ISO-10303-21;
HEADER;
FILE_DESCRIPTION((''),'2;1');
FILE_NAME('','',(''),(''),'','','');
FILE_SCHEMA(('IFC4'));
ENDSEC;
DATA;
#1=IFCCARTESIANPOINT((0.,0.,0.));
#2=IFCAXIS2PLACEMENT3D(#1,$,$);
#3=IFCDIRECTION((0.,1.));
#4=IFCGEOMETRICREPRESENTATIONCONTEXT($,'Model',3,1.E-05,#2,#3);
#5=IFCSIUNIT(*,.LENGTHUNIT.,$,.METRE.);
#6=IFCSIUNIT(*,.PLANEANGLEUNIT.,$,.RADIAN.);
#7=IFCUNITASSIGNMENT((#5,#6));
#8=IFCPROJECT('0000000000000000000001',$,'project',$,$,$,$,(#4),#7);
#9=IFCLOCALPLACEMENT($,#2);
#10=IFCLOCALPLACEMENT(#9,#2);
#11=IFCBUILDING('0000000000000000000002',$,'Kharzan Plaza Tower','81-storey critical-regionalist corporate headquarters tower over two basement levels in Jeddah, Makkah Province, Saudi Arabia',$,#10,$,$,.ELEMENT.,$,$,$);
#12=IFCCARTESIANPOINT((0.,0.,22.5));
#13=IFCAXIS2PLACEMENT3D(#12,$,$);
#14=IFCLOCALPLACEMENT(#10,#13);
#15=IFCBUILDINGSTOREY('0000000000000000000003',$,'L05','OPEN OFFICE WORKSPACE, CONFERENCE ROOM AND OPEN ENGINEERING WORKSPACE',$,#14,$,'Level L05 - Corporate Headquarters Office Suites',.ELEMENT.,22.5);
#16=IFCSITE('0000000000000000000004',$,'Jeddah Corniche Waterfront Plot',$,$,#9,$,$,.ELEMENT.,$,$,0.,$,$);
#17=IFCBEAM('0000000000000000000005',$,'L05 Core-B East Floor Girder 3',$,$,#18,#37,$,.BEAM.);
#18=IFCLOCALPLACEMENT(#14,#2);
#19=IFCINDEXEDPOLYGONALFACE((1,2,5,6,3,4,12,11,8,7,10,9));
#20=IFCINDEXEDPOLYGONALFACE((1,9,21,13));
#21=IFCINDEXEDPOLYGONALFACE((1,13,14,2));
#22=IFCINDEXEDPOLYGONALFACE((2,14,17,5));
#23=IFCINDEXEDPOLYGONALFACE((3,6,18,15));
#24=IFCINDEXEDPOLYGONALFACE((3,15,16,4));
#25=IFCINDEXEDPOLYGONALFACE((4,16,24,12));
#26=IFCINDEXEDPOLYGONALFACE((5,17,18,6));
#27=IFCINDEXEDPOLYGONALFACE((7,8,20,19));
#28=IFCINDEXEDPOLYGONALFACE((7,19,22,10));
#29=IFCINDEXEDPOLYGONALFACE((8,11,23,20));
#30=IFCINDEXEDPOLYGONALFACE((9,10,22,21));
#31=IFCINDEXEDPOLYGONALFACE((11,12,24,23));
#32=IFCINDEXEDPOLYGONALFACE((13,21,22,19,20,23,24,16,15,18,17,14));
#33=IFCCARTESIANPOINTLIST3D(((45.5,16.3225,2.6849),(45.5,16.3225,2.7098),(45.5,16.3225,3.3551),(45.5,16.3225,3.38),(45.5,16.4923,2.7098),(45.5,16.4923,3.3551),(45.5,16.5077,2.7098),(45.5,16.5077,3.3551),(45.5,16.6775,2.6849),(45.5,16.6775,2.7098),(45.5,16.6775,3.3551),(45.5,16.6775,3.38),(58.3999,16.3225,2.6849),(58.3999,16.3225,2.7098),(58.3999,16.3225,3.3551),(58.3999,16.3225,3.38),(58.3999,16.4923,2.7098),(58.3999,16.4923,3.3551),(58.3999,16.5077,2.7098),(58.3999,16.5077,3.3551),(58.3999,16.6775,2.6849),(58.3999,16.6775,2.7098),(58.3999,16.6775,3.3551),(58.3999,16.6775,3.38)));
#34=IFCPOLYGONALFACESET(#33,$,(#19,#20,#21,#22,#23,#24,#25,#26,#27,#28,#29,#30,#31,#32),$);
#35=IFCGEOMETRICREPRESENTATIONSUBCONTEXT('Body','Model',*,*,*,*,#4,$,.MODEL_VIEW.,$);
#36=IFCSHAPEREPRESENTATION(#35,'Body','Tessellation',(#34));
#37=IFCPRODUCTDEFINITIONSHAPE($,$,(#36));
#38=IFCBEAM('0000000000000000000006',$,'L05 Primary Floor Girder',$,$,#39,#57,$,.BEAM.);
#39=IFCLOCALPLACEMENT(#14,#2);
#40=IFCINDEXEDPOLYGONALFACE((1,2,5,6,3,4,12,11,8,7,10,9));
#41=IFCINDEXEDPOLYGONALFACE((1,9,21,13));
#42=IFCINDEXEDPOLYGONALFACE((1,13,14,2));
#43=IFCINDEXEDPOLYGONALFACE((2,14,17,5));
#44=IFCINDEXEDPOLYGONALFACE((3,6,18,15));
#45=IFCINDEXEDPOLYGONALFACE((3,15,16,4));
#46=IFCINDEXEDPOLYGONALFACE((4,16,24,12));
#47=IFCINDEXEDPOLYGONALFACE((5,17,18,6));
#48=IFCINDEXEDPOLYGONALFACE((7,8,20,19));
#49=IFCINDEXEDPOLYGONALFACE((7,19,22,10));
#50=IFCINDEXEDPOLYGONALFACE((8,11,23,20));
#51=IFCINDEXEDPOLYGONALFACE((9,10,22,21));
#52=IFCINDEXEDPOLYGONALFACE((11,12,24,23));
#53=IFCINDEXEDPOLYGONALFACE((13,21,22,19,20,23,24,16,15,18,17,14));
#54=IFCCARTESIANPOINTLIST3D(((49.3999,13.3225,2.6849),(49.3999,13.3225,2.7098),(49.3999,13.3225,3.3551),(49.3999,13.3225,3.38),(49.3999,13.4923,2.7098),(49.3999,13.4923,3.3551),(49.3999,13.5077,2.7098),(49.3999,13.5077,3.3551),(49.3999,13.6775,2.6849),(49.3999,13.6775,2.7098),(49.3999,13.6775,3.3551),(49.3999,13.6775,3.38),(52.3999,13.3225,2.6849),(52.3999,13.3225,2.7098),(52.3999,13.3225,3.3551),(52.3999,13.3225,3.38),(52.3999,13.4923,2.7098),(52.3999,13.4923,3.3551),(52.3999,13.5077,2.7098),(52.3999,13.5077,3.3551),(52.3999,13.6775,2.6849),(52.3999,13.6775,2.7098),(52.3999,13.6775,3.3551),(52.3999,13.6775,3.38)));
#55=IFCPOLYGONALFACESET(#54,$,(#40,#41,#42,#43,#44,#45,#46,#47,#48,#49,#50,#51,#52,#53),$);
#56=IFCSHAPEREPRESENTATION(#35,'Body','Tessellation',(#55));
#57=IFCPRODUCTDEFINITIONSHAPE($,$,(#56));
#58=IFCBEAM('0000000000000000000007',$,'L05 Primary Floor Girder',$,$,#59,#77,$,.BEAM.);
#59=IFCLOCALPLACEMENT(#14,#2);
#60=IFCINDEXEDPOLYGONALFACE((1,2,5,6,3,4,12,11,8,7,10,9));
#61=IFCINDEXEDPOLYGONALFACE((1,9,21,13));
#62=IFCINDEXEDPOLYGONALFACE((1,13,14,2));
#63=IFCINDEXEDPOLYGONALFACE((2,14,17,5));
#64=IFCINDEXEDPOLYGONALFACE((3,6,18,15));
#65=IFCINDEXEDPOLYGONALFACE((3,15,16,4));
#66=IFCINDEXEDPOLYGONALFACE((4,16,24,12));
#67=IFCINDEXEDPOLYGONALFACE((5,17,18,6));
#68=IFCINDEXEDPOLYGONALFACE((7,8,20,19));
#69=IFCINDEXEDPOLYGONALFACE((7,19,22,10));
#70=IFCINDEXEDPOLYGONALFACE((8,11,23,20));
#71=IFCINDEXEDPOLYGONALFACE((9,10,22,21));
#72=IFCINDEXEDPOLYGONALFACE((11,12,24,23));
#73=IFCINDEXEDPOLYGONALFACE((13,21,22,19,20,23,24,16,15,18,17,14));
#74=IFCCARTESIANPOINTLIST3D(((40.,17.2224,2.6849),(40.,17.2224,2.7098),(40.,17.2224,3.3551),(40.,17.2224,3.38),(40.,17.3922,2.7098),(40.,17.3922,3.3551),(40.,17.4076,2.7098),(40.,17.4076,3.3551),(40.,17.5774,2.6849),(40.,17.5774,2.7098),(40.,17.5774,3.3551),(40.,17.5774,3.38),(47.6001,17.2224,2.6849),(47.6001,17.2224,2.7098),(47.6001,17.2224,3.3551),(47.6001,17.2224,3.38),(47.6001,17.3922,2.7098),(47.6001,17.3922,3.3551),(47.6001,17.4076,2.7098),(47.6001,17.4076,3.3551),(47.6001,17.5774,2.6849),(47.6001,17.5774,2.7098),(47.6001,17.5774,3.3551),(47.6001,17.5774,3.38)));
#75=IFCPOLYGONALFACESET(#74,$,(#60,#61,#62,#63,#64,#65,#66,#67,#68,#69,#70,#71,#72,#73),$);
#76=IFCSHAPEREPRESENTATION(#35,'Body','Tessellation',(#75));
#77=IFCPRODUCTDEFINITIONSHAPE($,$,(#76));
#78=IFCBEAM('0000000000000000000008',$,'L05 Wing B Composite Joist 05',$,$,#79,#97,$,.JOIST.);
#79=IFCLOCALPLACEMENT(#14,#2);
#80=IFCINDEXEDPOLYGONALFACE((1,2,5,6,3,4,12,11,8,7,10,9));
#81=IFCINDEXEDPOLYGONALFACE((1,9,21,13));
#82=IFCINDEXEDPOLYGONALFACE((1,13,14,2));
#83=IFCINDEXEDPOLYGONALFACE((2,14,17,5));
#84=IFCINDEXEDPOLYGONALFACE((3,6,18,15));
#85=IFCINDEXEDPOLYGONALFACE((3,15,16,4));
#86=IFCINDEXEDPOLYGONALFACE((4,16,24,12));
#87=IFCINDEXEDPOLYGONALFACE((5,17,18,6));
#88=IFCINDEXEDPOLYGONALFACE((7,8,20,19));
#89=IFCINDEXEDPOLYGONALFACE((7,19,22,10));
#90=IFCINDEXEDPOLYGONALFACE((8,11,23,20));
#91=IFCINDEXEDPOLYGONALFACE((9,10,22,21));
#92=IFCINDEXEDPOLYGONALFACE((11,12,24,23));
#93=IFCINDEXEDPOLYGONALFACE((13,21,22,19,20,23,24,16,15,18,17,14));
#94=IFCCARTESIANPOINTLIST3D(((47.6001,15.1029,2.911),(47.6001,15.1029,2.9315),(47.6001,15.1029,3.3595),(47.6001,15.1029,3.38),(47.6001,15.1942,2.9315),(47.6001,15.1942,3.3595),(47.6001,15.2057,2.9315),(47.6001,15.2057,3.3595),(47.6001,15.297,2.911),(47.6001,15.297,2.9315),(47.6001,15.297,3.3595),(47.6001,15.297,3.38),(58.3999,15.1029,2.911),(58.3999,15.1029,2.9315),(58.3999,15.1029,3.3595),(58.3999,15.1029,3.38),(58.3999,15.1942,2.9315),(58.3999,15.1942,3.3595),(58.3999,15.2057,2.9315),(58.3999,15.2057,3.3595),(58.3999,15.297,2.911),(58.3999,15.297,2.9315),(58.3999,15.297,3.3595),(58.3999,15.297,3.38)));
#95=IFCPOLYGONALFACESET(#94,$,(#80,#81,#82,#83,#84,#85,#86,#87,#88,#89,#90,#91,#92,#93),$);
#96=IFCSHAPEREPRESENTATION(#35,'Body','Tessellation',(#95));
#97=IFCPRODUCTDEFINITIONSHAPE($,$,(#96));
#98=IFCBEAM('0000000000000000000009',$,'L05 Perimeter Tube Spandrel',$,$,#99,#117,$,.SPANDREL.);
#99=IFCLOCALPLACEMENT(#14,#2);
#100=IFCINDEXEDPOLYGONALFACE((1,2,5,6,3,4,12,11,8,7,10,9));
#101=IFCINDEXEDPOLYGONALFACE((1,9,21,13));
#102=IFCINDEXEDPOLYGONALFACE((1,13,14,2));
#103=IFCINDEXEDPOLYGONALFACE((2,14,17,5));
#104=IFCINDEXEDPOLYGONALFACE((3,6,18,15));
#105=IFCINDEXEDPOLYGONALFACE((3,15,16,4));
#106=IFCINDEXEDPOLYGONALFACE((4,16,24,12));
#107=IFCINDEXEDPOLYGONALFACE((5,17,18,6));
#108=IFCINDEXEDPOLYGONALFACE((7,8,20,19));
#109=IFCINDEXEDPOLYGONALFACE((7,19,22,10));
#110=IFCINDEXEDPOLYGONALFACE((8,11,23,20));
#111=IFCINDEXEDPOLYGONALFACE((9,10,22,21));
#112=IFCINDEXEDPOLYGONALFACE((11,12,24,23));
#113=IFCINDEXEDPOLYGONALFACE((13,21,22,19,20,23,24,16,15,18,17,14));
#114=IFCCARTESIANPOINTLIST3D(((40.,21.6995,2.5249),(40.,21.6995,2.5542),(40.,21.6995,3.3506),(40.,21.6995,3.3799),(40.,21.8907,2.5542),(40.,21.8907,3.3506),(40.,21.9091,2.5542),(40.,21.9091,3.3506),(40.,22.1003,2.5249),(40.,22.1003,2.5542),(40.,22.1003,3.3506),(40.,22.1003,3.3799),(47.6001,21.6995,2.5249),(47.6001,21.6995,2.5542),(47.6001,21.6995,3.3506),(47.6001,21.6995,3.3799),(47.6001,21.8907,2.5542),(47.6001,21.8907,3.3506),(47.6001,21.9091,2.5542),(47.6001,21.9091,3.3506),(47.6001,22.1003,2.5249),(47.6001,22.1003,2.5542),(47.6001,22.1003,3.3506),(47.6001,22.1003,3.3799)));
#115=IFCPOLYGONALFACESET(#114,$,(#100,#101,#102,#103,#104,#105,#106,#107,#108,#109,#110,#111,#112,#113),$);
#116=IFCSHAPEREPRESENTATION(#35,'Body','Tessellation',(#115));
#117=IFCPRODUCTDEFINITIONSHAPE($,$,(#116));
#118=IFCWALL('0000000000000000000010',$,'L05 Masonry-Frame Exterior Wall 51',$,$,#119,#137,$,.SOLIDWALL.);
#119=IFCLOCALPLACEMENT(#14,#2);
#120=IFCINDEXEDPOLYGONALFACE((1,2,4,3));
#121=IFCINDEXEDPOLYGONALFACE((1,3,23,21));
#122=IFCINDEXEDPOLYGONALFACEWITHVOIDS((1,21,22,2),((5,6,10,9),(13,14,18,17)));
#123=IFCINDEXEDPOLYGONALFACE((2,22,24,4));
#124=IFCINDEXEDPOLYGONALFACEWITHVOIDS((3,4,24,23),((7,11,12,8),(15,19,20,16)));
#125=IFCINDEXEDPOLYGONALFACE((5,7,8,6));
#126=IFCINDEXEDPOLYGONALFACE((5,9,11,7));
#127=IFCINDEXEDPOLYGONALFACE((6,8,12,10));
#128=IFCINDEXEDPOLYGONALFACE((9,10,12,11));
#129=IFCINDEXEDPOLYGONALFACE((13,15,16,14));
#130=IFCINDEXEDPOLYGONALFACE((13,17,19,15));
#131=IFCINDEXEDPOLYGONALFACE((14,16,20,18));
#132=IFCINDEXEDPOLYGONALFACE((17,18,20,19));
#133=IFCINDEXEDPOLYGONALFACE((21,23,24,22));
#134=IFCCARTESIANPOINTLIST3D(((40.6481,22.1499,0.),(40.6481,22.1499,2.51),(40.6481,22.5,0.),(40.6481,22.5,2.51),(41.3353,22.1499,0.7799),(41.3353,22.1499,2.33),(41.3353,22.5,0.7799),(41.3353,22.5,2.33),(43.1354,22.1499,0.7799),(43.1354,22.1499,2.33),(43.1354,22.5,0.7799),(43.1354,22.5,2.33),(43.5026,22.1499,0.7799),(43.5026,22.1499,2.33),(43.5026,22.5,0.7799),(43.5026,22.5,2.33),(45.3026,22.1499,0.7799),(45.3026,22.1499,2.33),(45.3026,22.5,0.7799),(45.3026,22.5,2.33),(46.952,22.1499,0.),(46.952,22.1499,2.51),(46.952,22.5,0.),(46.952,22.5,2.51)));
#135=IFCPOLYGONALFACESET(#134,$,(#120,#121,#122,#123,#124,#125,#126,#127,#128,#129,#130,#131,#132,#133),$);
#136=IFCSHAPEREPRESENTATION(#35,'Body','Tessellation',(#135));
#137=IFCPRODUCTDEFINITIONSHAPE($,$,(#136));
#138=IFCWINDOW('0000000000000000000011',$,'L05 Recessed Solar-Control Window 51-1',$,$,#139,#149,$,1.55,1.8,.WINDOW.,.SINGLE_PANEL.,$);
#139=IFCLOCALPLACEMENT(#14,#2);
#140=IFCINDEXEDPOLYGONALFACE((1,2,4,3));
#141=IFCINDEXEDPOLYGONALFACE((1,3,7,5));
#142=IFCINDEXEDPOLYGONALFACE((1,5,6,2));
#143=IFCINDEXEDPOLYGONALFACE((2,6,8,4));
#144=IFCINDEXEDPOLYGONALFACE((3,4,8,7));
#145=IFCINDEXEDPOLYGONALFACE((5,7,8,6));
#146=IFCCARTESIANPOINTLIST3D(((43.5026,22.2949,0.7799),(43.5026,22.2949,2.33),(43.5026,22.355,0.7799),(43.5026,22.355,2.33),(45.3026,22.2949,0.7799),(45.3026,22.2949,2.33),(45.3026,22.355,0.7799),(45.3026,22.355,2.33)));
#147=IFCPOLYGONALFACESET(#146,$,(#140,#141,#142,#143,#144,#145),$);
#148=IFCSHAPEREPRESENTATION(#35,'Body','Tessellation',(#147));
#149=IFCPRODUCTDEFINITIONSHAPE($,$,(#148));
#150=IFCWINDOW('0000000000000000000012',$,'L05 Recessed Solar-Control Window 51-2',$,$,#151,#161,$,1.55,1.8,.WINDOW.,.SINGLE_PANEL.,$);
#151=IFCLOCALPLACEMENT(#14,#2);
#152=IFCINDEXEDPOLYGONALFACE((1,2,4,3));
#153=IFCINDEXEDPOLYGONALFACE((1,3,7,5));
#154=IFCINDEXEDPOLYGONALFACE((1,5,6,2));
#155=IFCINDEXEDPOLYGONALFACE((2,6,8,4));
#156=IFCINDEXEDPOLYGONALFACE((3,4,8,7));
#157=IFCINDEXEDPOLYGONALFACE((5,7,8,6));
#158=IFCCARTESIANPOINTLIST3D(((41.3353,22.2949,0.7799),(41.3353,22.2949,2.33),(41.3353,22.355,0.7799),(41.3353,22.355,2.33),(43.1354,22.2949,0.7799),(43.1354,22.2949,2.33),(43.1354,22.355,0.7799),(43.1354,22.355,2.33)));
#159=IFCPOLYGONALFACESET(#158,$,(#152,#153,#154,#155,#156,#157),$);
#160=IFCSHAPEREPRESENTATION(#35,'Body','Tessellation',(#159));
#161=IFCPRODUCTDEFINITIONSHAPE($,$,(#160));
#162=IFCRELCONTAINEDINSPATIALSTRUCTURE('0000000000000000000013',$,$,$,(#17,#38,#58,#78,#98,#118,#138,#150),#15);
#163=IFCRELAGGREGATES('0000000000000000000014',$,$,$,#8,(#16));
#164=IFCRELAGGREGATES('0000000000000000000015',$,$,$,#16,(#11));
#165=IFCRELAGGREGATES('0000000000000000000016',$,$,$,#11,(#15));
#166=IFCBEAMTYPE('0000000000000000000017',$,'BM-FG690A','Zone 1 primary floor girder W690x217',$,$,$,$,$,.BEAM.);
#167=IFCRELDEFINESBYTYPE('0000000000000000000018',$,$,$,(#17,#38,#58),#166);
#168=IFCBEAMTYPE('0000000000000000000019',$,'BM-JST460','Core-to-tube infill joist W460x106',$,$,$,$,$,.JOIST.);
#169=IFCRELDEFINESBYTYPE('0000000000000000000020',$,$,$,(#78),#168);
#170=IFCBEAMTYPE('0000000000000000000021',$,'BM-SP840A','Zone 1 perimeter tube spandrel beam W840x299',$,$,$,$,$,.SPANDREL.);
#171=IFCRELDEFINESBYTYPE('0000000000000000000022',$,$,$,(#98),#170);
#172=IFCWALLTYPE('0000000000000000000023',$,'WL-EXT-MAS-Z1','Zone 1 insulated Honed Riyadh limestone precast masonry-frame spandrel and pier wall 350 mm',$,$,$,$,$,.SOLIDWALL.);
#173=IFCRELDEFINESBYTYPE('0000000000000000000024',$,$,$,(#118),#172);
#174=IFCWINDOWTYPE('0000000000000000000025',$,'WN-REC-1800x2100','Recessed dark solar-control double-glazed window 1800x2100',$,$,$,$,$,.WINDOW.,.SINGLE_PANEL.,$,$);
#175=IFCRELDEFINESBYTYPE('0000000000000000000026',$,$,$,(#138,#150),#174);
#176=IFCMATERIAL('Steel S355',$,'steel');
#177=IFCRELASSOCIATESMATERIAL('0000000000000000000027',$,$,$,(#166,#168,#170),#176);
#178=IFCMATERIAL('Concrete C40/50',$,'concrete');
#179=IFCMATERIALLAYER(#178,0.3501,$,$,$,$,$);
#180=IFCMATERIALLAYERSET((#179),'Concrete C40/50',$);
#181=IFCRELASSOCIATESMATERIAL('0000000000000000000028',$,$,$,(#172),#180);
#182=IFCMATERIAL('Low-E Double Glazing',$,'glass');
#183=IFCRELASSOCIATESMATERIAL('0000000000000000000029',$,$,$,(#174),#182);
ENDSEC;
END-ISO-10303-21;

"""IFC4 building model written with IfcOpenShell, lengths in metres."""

from ifc_helpers import new_model, si_unit, direction, frame, frame_2d, origin, origin_2d, place, context, subcontext, project, spatial, rectangle, i_section, extrude, source, transform, mapped, material, layer, layer_set, material_profile, profile_set, type_object, element, fill, save


model = new_model("IFC4")

# Units and contexts
model_context = context("Model", 3, precision=1e-05, world=origin(), true_north=direction((0.0, 1.0)))
body_context = subcontext(model_context, "Body", "Model", "MODEL_VIEW")
ifc_project = project(units=[si_unit("LENGTHUNIT", "METRE"), si_unit("PLANEANGLEUNIT", "RADIAN")], contexts=[model_context])

# Site, building, storey
site_placement = place(None, origin())
site = spatial("IfcSite", under=ifc_project, at=site_placement, Name="Jeddah Corniche Waterfront Plot", CompositionType="ELEMENT", RefElevation=0.0)
building_placement = place(site_placement, origin())
building = spatial("IfcBuilding", under=site, at=building_placement, Name="Kharzan Plaza Tower", Description="81-storey critical-regionalist corporate headquarters tower over two basement levels in Jeddah, Makkah Province, Saudi Arabia", CompositionType="ELEMENT")
storey_placement = place(building_placement, frame((0.0, 0.0, 22.5)))
storey = spatial("IfcBuildingStorey", under=building, at=storey_placement, Name="L05", Description="OPEN OFFICE WORKSPACE, CONFERENCE ROOM AND OPEN ENGINEERING WORKSPACE", LongName="Level L05 - Corporate Headquarters Office Suites", CompositionType="ELEMENT", Elevation=22.5)

# Beams
ifc_material_1 = material(Name="Steel S355", Category="steel")
ifc_material_profile_1 = material_profile(ifc_material_1, i_section(OverallWidth=0.355, OverallDepth=0.6951, WebThickness=0.0154, FlangeThickness=0.0249, at=origin_2d()), Name="W690x217")
ifc_profile_set_1 = profile_set([ifc_material_profile_1], Name="Steel S355")
beam_type_1 = type_object("IfcBeamType", Name="BM-FG690A", Description="Zone 1 primary floor girder W690x217", PredefinedType="BEAM", material=ifc_profile_set_1)
shared_shape_1 = source(origin(), body_context, "Body", "SweptSolid", [
    extrude(i_section(OverallWidth=0.355, OverallDepth=0.6951, WebThickness=0.0154, FlangeThickness=0.0249, at=origin_2d()), origin(), (0.0, 0.0, 1.0), 12.8999),
])
beam_1_placement = place(storey_placement, frame((45.5, 16.5, 3.0325), z_axis=(1.0, 0.0, 0.0), x_axis=(0.0, 1.0, 0.0)))
element("IfcBeam", 1, at=beam_1_placement, inside=storey, type_object=beam_type_1, Name="L05 Core-B East Floor Girder 3", PredefinedType="BEAM", context=body_context, shape_type="MappedRepresentation", body=[
    mapped(shared_shape_1, transform((0.0, 0.0, 0.0), x_axis=(1.0, 0.0, 0.0), y_axis=(0.0, 1.0, 0.0), z_axis=(0.0, 0.0, 1.0))),
])
shared_shape_2 = source(origin(), body_context, "Body", "SweptSolid", [
    extrude(i_section(OverallWidth=0.355, OverallDepth=0.6951, WebThickness=0.0154, FlangeThickness=0.0249, at=origin_2d()), origin(), (0.0, 0.0, 1.0), 3.0),
])
beam_2_placement = place(storey_placement, frame((49.3999, 13.5, 3.0325), z_axis=(1.0, 0.0, 0.0), x_axis=(0.0, 1.0, 0.0)))
element("IfcBeam", 2, at=beam_2_placement, inside=storey, type_object=beam_type_1, Name="L05 Primary Floor Girder", PredefinedType="BEAM", context=body_context, shape_type="MappedRepresentation", body=[
    mapped(shared_shape_2, transform((0.0, 0.0, 0.0), x_axis=(1.0, 0.0, 0.0), y_axis=(0.0, 1.0, 0.0), z_axis=(0.0, 0.0, 1.0))),
])
shared_shape_3 = source(origin(), body_context, "Body", "SweptSolid", [
    extrude(i_section(OverallWidth=0.355, OverallDepth=0.6951, WebThickness=0.0154, FlangeThickness=0.0249, at=origin_2d()), origin(), (0.0, 0.0, 1.0), 7.6001),
])
beam_3_placement = place(storey_placement, frame((40.0, 17.3999, 3.0325), z_axis=(1.0, 0.0, 0.0), x_axis=(0.0, 1.0, 0.0)))
element("IfcBeam", 3, at=beam_3_placement, inside=storey, type_object=beam_type_1, Name="L05 Primary Floor Girder", PredefinedType="BEAM", context=body_context, shape_type="MappedRepresentation", body=[
    mapped(shared_shape_3, transform((0.0, 0.0, 0.0), x_axis=(1.0, 0.0, 0.0), y_axis=(0.0, 1.0, 0.0), z_axis=(0.0, 0.0, 1.0))),
])
ifc_material_profile_2 = material_profile(ifc_material_1, i_section(OverallWidth=0.1941, OverallDepth=0.469, WebThickness=0.0115, FlangeThickness=0.0205, at=origin_2d()), Name="W460x106")
ifc_profile_set_2 = profile_set([ifc_material_profile_2], Name="Steel S355")
beam_type_2 = type_object("IfcBeamType", Name="BM-JST460", Description="Core-to-tube infill joist W460x106", PredefinedType="JOIST", material=ifc_profile_set_2)
shared_shape_4 = source(origin(), body_context, "Body", "SweptSolid", [
    extrude(i_section(OverallWidth=0.1941, OverallDepth=0.469, WebThickness=0.0115, FlangeThickness=0.0205, at=origin_2d()), origin(), (0.0, 0.0, 1.0), 10.7998),
])
beam_4_placement = place(storey_placement, frame((47.6001, 15.2, 3.1455), z_axis=(1.0, 0.0, 0.0), x_axis=(0.0, 1.0, 0.0)))
element("IfcBeam", 4, at=beam_4_placement, inside=storey, type_object=beam_type_2, Name="L05 Wing B Composite Joist 05", PredefinedType="JOIST", context=body_context, shape_type="MappedRepresentation", body=[
    mapped(shared_shape_4, transform((0.0, 0.0, 0.0), x_axis=(1.0, 0.0, 0.0), y_axis=(0.0, 1.0, 0.0), z_axis=(0.0, 0.0, 1.0))),
])
ifc_material_profile_3 = material_profile(ifc_material_1, i_section(OverallWidth=0.4009, OverallDepth=0.855, WebThickness=0.0183, FlangeThickness=0.0293, at=origin_2d()), Name="W840x299")
ifc_profile_set_3 = profile_set([ifc_material_profile_3], Name="Steel S355")
beam_type_3 = type_object("IfcBeamType", Name="BM-SP840A", Description="Zone 1 perimeter tube spandrel beam W840x299", PredefinedType="SPANDREL", material=ifc_profile_set_3)
shared_shape_5 = source(origin(), body_context, "Body", "SweptSolid", [
    extrude(i_section(OverallWidth=0.4009, OverallDepth=0.855, WebThickness=0.0183, FlangeThickness=0.0293, at=origin_2d()), origin(), (0.0, 0.0, 1.0), 7.6001),
])
beam_5_placement = place(storey_placement, frame((40.0, 21.8999, 2.9524), z_axis=(1.0, 0.0, 0.0), x_axis=(0.0, 1.0, 0.0)))
element("IfcBeam", 5, at=beam_5_placement, inside=storey, type_object=beam_type_3, Name="L05 Perimeter Tube Spandrel", PredefinedType="SPANDREL", context=body_context, shape_type="MappedRepresentation", body=[
    mapped(shared_shape_5, transform((0.0, 0.0, 0.0), x_axis=(1.0, 0.0, 0.0), y_axis=(0.0, 1.0, 0.0), z_axis=(0.0, 0.0, 1.0))),
])

# Wall, openings, windows
ifc_material_2 = material(Name="Concrete C40/50", Category="concrete")
ifc_layer_1 = layer(ifc_material_2, 0.3501)
ifc_layer_set_1 = layer_set([ifc_layer_1], Name="Concrete C40/50")
wall_type_1 = type_object("IfcWallType", Name="WL-EXT-MAS-Z1", Description="Zone 1 insulated Honed Riyadh limestone precast masonry-frame spandrel and pier wall 350 mm", PredefinedType="SOLIDWALL", material=ifc_layer_set_1)
wall_1_placement = place(storey_placement, frame((46.9519, 22.325, 0.0), z_axis=(0.0, 0.0, 1.0), x_axis=(-1.0, 0.0, 0.0)))
wall_1 = element("IfcWall", 6, at=wall_1_placement, inside=storey, type_object=wall_type_1, Name="L05 Masonry-Frame Exterior Wall 51", PredefinedType="SOLIDWALL", context=body_context, shape_type="SweptSolid", body=[
    extrude(rectangle(XDim=6.304, YDim=0.3501, at=frame_2d((3.1519, 0.0))), origin(), (0.0, 0.0, 1.0), 2.51),
])
opening_1_placement = place(wall_1_placement, frame((1.6494, 0.0, 0.78)))
opening_1 = element("IfcOpeningElement", 7, at=opening_1_placement, cuts=wall_1, PredefinedType="OPENING", context=body_context, shape_type="SweptSolid", body=[
    extrude(rectangle(XDim=1.8, YDim=1.55, at=frame_2d((0.8999, 0.7749))), frame((0.0, 0.1851, 0.0), z_axis=(0.0, -1.0, 0.0), x_axis=(1.0, 0.0, 0.0)), (0.0, 0.0, 1.0), 0.3701),
])
opening_2_placement = place(wall_1_placement, frame((3.8167, 0.0, 0.78)))
opening_2 = element("IfcOpeningElement", 8, at=opening_2_placement, cuts=wall_1, PredefinedType="OPENING", context=body_context, shape_type="SweptSolid", body=[
    extrude(rectangle(XDim=1.8, YDim=1.55, at=frame_2d((0.8999, 0.7749))), frame((0.0, 0.1851, 0.0), z_axis=(0.0, -1.0, 0.0), x_axis=(1.0, 0.0, 0.0)), (0.0, 0.0, 1.0), 0.3701),
])
ifc_material_3 = material(Name="Low-E Double Glazing", Category="glass")
window_type_1 = type_object("IfcWindowType", Name="WN-REC-1800x2100", Description="Recessed dark solar-control double-glazed window 1800x2100", PartitioningType="SINGLE_PANEL", PredefinedType="WINDOW", material=ifc_material_3)
shared_shape_6 = source(origin(), body_context, "Body", "SweptSolid", [
    extrude(rectangle(XDim=1.8, YDim=1.55, at=frame_2d((0.8999, 0.7749))), frame((0.0, 0.03, 0.0), z_axis=(0.0, -1.0, 0.0), x_axis=(1.0, 0.0, 0.0)), (0.0, 0.0, 1.0), 0.0601),
])
window_1_placement = place(opening_1_placement, origin())
window_1 = element("IfcWindow", 9, at=window_1_placement, inside=storey, type_object=window_type_1, Name="L05 Recessed Solar-Control Window 51-1", OverallHeight=1.55, OverallWidth=1.8, PartitioningType="SINGLE_PANEL", PredefinedType="WINDOW", context=body_context, shape_type="MappedRepresentation", body=[
    mapped(shared_shape_6, transform((0.0, 0.0, 0.0), x_axis=(1.0, 0.0, 0.0), y_axis=(0.0, 1.0, 0.0), z_axis=(0.0, 0.0, 1.0))),
])
fill(opening_1, window_1)
window_2_placement = place(opening_2_placement, origin())
window_2 = element("IfcWindow", 10, at=window_2_placement, inside=storey, type_object=window_type_1, Name="L05 Recessed Solar-Control Window 51-2", OverallHeight=1.55, OverallWidth=1.8, PartitioningType="SINGLE_PANEL", PredefinedType="WINDOW", context=body_context, shape_type="MappedRepresentation", body=[
    mapped(shared_shape_6, transform((0.0, 0.0, 0.0), x_axis=(1.0, 0.0, 0.0), y_axis=(0.0, 1.0, 0.0), z_axis=(0.0, 0.0, 1.0))),
])
fill(opening_2, window_2)

save(model, "model.ifc")
